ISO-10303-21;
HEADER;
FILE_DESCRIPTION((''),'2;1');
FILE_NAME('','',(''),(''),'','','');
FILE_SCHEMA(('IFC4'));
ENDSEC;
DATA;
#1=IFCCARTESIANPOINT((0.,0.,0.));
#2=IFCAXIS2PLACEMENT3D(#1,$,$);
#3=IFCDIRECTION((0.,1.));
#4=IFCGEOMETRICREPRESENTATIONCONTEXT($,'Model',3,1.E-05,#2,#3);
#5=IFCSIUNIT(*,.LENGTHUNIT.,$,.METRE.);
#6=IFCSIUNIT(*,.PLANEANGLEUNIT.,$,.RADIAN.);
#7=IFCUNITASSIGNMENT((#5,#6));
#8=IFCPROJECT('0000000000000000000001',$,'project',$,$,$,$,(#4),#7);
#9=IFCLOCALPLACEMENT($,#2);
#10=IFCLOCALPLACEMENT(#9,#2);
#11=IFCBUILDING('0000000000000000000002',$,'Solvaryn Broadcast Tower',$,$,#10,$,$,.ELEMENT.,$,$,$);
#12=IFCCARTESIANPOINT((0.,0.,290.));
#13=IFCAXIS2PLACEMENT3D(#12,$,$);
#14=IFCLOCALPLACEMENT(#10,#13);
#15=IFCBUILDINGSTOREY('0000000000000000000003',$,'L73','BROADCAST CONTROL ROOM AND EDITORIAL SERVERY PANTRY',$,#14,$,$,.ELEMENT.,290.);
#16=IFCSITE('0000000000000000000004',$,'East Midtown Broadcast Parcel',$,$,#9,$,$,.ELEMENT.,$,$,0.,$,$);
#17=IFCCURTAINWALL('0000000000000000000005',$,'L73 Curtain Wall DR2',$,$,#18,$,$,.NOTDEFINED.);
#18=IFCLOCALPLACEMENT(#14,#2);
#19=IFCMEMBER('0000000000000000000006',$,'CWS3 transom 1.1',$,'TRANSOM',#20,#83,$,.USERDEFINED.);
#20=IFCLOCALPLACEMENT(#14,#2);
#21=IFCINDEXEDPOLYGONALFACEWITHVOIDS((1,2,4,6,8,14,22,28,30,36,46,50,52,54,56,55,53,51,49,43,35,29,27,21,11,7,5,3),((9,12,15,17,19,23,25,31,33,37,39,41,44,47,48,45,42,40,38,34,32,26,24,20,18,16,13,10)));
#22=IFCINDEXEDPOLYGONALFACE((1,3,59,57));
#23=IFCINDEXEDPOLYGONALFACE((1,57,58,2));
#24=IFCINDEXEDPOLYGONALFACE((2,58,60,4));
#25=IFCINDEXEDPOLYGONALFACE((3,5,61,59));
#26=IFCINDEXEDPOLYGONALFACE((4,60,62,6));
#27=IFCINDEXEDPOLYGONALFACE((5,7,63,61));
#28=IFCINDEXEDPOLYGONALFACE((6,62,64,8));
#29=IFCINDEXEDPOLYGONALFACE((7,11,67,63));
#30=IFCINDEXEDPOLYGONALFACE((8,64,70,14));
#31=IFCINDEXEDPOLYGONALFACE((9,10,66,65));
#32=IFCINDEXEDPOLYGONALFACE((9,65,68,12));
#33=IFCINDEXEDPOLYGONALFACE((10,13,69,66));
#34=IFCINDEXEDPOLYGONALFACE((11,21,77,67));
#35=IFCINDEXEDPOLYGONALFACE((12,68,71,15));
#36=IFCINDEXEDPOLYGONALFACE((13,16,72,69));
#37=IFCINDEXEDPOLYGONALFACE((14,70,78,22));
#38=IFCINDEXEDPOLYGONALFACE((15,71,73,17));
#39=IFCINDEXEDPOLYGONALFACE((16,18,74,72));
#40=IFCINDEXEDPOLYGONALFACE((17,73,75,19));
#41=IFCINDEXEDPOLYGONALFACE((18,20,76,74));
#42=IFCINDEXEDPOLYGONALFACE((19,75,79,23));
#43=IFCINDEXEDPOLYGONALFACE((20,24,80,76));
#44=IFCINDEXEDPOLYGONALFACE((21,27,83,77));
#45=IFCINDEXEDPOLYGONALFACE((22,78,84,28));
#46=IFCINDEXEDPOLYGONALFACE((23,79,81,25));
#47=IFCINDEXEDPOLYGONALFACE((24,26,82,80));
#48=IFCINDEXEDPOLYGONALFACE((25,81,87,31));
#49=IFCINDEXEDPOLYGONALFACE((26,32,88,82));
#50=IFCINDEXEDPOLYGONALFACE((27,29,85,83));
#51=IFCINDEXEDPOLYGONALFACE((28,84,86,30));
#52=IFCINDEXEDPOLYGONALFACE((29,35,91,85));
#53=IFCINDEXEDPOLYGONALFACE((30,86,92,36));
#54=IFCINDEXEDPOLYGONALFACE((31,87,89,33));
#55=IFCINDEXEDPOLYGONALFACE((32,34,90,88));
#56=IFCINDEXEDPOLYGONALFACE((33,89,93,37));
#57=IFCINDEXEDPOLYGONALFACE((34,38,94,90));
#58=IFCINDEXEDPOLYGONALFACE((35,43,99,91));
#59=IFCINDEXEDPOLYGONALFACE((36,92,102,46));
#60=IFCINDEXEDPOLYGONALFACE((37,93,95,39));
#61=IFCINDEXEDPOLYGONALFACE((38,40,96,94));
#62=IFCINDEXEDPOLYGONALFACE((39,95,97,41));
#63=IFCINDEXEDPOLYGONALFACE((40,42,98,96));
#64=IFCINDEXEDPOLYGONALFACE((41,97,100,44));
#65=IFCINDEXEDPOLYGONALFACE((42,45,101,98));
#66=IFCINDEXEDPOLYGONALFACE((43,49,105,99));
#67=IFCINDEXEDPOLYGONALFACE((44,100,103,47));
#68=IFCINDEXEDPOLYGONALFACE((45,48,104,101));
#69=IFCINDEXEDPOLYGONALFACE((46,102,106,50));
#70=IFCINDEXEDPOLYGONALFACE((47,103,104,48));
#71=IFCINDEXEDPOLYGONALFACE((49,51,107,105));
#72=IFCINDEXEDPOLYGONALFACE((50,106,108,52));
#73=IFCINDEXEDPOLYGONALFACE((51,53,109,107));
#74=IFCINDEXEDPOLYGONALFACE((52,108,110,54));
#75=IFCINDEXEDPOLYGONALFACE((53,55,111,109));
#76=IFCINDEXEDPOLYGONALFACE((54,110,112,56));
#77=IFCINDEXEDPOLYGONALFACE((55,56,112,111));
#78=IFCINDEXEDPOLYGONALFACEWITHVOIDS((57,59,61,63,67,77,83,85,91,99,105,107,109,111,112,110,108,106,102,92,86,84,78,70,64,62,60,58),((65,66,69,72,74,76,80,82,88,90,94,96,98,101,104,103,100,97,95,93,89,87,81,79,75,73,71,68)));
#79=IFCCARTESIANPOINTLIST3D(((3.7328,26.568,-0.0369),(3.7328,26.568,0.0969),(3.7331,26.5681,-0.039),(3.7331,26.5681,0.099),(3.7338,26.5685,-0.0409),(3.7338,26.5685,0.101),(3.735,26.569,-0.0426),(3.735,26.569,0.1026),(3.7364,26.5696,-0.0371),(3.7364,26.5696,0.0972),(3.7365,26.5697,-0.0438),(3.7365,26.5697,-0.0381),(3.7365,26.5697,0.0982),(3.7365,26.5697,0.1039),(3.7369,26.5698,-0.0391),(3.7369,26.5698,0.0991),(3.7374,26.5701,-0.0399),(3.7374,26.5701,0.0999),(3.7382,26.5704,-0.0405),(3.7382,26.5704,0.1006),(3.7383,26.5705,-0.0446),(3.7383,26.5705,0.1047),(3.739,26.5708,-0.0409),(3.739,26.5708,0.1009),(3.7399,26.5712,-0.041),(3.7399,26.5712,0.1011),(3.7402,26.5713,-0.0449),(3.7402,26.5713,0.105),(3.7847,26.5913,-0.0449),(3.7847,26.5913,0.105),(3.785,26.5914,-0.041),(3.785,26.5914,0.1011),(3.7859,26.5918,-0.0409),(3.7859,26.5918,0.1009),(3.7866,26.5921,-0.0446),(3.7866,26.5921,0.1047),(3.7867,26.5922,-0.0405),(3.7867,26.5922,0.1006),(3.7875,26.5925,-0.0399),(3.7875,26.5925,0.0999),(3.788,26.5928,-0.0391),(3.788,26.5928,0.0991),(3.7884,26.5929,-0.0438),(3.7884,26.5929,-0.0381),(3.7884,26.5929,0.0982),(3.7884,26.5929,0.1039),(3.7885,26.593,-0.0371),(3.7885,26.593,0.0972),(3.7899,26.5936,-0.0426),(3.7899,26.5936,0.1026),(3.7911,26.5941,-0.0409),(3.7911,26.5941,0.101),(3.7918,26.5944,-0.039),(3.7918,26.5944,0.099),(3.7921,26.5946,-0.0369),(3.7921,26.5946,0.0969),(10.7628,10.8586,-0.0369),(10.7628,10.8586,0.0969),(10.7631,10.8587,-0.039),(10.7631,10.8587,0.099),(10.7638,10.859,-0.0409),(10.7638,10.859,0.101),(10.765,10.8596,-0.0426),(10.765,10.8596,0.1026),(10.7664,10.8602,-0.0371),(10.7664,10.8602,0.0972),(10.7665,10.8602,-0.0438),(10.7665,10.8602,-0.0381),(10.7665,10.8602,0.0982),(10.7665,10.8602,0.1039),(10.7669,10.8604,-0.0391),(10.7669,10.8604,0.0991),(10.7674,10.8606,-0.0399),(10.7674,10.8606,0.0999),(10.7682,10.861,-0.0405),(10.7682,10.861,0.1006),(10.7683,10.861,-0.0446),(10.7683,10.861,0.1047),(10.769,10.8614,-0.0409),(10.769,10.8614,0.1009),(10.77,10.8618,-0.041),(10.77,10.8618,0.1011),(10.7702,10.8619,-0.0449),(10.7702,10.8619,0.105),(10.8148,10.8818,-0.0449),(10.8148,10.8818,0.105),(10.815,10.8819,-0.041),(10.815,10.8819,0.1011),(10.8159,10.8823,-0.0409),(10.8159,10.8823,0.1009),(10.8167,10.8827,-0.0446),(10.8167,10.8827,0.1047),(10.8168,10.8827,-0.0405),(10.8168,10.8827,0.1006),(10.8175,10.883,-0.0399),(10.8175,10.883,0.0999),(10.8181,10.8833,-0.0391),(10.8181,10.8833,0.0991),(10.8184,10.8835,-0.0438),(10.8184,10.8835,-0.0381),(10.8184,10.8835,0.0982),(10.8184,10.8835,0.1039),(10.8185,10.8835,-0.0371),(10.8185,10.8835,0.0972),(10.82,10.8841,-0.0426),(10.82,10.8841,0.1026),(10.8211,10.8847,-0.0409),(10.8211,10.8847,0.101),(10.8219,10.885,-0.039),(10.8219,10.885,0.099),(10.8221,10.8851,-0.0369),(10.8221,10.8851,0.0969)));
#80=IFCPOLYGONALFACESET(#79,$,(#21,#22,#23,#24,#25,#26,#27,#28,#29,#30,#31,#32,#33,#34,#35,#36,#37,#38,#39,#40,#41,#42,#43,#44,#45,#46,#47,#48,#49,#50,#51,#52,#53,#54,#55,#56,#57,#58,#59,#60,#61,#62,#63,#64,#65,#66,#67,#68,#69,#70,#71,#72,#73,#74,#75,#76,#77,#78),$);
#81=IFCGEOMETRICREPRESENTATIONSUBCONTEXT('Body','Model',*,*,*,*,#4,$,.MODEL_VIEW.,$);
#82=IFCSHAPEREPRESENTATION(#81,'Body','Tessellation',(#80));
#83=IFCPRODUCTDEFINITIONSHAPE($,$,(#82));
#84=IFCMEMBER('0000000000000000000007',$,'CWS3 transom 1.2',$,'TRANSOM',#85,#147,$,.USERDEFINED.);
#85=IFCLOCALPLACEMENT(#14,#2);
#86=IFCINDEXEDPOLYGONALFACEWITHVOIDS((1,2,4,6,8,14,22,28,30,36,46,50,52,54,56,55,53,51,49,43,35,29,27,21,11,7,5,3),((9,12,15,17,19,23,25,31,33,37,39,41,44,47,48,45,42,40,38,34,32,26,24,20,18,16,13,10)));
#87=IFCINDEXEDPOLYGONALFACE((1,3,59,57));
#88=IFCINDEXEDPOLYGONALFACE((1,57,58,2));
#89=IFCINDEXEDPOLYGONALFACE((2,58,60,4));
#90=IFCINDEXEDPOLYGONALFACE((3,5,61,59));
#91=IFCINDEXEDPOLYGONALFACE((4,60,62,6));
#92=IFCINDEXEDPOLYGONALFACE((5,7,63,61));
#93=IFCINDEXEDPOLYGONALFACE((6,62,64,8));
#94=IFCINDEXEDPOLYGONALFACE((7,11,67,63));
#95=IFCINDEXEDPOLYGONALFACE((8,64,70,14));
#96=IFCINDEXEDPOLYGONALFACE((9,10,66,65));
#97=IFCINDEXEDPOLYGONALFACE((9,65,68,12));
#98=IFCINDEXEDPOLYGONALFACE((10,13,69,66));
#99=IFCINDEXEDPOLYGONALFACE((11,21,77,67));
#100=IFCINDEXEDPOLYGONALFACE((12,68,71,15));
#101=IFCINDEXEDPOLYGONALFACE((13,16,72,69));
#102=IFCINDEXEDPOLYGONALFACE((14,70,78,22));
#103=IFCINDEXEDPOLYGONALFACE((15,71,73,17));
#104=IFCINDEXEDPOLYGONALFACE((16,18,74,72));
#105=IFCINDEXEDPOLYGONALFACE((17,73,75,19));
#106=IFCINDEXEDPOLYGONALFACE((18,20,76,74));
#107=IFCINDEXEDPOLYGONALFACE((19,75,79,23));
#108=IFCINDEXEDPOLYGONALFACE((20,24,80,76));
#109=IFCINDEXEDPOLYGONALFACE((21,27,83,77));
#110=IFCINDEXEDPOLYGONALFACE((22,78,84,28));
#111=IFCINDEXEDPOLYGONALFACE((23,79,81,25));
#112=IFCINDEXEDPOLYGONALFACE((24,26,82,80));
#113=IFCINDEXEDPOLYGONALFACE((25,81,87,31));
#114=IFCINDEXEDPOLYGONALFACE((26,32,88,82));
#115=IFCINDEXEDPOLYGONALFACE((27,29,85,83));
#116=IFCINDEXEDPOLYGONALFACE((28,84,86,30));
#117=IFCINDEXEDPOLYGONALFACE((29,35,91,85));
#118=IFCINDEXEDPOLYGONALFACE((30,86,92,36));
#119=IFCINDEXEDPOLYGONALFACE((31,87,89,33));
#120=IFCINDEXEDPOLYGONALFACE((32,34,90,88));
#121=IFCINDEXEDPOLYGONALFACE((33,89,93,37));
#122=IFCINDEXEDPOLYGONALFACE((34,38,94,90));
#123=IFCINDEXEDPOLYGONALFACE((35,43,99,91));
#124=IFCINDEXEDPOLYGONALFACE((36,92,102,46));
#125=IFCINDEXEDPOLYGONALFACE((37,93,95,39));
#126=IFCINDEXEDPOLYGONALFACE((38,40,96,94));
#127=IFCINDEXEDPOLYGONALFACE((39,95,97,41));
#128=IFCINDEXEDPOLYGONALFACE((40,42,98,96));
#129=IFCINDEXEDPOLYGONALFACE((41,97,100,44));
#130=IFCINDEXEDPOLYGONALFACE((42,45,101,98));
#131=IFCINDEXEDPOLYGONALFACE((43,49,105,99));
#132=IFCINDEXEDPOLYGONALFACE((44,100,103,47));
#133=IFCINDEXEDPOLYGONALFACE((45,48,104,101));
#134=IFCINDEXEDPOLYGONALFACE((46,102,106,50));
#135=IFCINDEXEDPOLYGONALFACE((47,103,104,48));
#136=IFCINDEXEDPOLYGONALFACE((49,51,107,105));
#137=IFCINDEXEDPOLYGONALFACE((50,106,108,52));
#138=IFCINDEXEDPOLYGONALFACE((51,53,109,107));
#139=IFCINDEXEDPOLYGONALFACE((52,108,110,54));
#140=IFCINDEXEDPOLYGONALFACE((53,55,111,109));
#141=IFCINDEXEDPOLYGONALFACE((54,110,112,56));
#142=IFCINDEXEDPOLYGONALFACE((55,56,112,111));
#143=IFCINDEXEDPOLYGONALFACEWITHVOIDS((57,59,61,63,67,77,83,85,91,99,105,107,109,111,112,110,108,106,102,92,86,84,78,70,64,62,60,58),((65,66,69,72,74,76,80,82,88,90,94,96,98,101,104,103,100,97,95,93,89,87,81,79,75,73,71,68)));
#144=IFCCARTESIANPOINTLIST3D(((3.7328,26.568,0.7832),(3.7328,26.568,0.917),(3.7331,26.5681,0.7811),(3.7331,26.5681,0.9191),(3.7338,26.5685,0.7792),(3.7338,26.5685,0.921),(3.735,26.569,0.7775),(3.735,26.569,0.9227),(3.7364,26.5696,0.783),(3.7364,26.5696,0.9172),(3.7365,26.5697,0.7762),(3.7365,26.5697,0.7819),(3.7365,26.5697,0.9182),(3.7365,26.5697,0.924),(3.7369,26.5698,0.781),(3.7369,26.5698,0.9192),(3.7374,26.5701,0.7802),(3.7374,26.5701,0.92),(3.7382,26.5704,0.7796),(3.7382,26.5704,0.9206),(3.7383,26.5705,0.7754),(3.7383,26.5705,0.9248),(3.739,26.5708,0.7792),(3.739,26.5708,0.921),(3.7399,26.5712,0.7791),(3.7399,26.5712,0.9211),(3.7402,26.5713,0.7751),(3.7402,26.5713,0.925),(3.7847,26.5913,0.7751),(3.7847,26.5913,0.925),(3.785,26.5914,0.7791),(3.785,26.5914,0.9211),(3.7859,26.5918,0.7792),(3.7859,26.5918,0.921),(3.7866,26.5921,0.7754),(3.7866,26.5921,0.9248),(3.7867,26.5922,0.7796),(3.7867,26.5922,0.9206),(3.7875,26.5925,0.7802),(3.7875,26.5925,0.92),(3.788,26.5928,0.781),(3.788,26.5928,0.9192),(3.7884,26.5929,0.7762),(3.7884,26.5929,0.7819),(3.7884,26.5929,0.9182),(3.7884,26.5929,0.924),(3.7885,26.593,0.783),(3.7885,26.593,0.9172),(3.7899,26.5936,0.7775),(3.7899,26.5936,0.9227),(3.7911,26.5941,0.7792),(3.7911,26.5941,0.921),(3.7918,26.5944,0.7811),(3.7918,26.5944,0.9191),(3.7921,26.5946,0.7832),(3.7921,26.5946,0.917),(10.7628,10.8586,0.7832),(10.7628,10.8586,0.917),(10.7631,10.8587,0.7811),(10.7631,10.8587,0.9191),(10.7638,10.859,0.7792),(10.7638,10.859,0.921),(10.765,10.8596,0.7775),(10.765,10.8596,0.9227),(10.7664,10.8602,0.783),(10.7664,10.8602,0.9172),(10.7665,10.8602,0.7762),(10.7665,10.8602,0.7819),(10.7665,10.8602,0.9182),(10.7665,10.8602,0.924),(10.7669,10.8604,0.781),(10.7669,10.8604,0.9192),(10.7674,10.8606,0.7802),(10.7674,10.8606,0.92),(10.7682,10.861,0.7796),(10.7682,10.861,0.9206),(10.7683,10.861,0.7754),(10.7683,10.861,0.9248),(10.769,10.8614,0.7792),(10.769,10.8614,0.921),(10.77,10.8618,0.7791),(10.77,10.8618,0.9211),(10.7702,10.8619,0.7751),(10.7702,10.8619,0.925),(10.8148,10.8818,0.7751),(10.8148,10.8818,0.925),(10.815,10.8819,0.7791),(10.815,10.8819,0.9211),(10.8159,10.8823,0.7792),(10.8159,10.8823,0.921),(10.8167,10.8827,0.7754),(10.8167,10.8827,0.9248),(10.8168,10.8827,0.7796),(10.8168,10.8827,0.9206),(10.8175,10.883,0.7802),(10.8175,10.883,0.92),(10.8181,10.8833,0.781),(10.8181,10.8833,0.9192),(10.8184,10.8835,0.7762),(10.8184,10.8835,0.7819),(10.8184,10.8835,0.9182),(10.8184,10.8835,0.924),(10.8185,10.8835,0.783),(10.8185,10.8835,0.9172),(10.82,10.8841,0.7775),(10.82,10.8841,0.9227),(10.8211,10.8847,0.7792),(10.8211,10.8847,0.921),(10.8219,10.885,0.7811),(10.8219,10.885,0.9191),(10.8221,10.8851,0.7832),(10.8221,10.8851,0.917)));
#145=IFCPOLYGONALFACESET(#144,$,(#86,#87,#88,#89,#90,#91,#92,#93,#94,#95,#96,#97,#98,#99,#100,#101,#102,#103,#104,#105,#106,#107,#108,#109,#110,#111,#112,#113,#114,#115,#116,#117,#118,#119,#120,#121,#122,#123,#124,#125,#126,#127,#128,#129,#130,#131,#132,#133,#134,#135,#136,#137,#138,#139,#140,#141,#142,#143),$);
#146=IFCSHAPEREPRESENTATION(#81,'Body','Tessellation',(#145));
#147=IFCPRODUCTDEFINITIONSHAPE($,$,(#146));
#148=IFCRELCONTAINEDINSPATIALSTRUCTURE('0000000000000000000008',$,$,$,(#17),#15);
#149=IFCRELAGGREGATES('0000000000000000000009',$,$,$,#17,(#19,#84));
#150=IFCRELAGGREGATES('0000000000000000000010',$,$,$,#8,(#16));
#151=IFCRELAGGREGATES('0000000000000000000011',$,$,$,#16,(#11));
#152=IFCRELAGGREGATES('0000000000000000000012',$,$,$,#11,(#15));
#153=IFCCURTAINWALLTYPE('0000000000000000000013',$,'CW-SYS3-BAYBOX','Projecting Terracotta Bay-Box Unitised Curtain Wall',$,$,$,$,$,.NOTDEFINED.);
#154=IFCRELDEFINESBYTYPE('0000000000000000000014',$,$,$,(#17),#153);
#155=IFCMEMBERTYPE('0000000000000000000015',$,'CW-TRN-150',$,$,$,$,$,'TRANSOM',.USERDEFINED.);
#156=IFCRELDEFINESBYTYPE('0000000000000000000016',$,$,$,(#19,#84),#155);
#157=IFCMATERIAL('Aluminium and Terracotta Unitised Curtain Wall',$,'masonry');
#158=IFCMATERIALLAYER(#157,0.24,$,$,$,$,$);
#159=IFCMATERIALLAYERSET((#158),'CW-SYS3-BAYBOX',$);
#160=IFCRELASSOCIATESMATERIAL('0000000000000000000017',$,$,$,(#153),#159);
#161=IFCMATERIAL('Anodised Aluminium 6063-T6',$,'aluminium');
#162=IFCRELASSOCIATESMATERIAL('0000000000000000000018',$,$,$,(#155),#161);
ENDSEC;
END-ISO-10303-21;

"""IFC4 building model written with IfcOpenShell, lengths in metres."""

from ifc_helpers import new_model, si_unit, direction, frame, origin, origin_2d, place, context, subcontext, project, spatial, hollow_rectangle, extrude, material, layer, layer_set, material_profile, profile_set, type_object, element, aggregate, save


model = new_model("IFC4")

# Units and contexts
model_context = context("Model", 3, precision=1e-05, world=origin(), true_north=direction((0.0, 1.0)))
body_context = subcontext(model_context, "Body", "Model", "MODEL_VIEW")
ifc_project = project(units=[si_unit("LENGTHUNIT", "METRE"), si_unit("PLANEANGLEUNIT", "RADIAN")], contexts=[model_context])

# Site, building, storey
site_placement = place(None, origin())
site = spatial("IfcSite", under=ifc_project, at=site_placement, Name="East Midtown Broadcast Parcel", CompositionType="ELEMENT", RefElevation=0.0)
building_placement = place(site_placement, origin())
building = spatial("IfcBuilding", under=site, at=building_placement, Name="Solvaryn Broadcast Tower", CompositionType="ELEMENT")
storey_placement = place(building_placement, frame((0.0, 0.0, 290.0)))
storey = spatial("IfcBuildingStorey", under=building, at=storey_placement, Name="L73", Description="BROADCAST CONTROL ROOM AND EDITORIAL SERVERY PANTRY", CompositionType="ELEMENT", Elevation=290.0)

# Curtain wall, members
ifc_material_1 = material(Name="Aluminium and Terracotta Unitised Curtain Wall", Category="masonry")
ifc_layer_1 = layer(ifc_material_1, 0.24)
ifc_layer_set_1 = layer_set([ifc_layer_1], Name="CW-SYS3-BAYBOX")
curtain_wall_type_1 = type_object("IfcCurtainWallType", Name="CW-SYS3-BAYBOX", Description="Projecting Terracotta Bay-Box Unitised Curtain Wall", PredefinedType="NOTDEFINED", material=ifc_layer_set_1)
curtain_wall_1_placement = place(storey_placement, origin())
curtain_wall_1 = element("IfcCurtainWall", 1, at=curtain_wall_1_placement, inside=storey, type_object=curtain_wall_type_1, Name="L73 Curtain Wall DR2", PredefinedType="NOTDEFINED")
ifc_material_2 = material(Name="Anodised Aluminium 6063-T6", Category="aluminium")
ifc_material_profile_1 = material_profile(ifc_material_2, hollow_rectangle(XDim=0.0649, YDim=0.1499, WallThickness=0.0039, InnerFilletRadius=0.0039, OuterFilletRadius=0.0081, at=origin_2d()))
ifc_profile_set_1 = profile_set([ifc_material_profile_1], Name="Anodised Aluminium 6063-T6")
member_type_1 = type_object("IfcMemberType", Name="CW-TRN-150", ElementType="TRANSOM", PredefinedType="USERDEFINED", material=ifc_profile_set_1)
member_1_placement = place(storey_placement, frame((3.7625, 26.5813, 0.03), z_axis=(0.408468, -0.912773, 0.0), x_axis=(0.912773, 0.408468, 0.0)))
member_1 = element("IfcMember", 2, at=member_1_placement, type_object=member_type_1, Name="CWS3 transom 1.1", ObjectType="TRANSOM", PredefinedType="USERDEFINED", context=body_context, shape_type="SweptSolid", body=[
    extrude(hollow_rectangle(XDim=0.0649, YDim=0.1499, WallThickness=0.0039, InnerFilletRadius=0.0039, OuterFilletRadius=0.0081, at=origin_2d()), origin(), (0.0, 0.0, 1.0), 17.2107),
])
member_2_placement = place(storey_placement, frame((3.7625, 26.5813, 0.8501), z_axis=(0.408468, -0.912773, 0.0), x_axis=(0.912773, 0.408468, 0.0)))
member_2 = element("IfcMember", 3, at=member_2_placement, type_object=member_type_1, Name="CWS3 transom 1.2", ObjectType="TRANSOM", PredefinedType="USERDEFINED", context=body_context, shape_type="SweptSolid", body=[
    extrude(hollow_rectangle(XDim=0.0649, YDim=0.1499, WallThickness=0.0039, InnerFilletRadius=0.0039, OuterFilletRadius=0.0081, at=origin_2d()), origin(), (0.0, 0.0, 1.0), 17.2107),
])
aggregate(curtain_wall_1, [member_1, member_2])

save(model, "model.ifc")
